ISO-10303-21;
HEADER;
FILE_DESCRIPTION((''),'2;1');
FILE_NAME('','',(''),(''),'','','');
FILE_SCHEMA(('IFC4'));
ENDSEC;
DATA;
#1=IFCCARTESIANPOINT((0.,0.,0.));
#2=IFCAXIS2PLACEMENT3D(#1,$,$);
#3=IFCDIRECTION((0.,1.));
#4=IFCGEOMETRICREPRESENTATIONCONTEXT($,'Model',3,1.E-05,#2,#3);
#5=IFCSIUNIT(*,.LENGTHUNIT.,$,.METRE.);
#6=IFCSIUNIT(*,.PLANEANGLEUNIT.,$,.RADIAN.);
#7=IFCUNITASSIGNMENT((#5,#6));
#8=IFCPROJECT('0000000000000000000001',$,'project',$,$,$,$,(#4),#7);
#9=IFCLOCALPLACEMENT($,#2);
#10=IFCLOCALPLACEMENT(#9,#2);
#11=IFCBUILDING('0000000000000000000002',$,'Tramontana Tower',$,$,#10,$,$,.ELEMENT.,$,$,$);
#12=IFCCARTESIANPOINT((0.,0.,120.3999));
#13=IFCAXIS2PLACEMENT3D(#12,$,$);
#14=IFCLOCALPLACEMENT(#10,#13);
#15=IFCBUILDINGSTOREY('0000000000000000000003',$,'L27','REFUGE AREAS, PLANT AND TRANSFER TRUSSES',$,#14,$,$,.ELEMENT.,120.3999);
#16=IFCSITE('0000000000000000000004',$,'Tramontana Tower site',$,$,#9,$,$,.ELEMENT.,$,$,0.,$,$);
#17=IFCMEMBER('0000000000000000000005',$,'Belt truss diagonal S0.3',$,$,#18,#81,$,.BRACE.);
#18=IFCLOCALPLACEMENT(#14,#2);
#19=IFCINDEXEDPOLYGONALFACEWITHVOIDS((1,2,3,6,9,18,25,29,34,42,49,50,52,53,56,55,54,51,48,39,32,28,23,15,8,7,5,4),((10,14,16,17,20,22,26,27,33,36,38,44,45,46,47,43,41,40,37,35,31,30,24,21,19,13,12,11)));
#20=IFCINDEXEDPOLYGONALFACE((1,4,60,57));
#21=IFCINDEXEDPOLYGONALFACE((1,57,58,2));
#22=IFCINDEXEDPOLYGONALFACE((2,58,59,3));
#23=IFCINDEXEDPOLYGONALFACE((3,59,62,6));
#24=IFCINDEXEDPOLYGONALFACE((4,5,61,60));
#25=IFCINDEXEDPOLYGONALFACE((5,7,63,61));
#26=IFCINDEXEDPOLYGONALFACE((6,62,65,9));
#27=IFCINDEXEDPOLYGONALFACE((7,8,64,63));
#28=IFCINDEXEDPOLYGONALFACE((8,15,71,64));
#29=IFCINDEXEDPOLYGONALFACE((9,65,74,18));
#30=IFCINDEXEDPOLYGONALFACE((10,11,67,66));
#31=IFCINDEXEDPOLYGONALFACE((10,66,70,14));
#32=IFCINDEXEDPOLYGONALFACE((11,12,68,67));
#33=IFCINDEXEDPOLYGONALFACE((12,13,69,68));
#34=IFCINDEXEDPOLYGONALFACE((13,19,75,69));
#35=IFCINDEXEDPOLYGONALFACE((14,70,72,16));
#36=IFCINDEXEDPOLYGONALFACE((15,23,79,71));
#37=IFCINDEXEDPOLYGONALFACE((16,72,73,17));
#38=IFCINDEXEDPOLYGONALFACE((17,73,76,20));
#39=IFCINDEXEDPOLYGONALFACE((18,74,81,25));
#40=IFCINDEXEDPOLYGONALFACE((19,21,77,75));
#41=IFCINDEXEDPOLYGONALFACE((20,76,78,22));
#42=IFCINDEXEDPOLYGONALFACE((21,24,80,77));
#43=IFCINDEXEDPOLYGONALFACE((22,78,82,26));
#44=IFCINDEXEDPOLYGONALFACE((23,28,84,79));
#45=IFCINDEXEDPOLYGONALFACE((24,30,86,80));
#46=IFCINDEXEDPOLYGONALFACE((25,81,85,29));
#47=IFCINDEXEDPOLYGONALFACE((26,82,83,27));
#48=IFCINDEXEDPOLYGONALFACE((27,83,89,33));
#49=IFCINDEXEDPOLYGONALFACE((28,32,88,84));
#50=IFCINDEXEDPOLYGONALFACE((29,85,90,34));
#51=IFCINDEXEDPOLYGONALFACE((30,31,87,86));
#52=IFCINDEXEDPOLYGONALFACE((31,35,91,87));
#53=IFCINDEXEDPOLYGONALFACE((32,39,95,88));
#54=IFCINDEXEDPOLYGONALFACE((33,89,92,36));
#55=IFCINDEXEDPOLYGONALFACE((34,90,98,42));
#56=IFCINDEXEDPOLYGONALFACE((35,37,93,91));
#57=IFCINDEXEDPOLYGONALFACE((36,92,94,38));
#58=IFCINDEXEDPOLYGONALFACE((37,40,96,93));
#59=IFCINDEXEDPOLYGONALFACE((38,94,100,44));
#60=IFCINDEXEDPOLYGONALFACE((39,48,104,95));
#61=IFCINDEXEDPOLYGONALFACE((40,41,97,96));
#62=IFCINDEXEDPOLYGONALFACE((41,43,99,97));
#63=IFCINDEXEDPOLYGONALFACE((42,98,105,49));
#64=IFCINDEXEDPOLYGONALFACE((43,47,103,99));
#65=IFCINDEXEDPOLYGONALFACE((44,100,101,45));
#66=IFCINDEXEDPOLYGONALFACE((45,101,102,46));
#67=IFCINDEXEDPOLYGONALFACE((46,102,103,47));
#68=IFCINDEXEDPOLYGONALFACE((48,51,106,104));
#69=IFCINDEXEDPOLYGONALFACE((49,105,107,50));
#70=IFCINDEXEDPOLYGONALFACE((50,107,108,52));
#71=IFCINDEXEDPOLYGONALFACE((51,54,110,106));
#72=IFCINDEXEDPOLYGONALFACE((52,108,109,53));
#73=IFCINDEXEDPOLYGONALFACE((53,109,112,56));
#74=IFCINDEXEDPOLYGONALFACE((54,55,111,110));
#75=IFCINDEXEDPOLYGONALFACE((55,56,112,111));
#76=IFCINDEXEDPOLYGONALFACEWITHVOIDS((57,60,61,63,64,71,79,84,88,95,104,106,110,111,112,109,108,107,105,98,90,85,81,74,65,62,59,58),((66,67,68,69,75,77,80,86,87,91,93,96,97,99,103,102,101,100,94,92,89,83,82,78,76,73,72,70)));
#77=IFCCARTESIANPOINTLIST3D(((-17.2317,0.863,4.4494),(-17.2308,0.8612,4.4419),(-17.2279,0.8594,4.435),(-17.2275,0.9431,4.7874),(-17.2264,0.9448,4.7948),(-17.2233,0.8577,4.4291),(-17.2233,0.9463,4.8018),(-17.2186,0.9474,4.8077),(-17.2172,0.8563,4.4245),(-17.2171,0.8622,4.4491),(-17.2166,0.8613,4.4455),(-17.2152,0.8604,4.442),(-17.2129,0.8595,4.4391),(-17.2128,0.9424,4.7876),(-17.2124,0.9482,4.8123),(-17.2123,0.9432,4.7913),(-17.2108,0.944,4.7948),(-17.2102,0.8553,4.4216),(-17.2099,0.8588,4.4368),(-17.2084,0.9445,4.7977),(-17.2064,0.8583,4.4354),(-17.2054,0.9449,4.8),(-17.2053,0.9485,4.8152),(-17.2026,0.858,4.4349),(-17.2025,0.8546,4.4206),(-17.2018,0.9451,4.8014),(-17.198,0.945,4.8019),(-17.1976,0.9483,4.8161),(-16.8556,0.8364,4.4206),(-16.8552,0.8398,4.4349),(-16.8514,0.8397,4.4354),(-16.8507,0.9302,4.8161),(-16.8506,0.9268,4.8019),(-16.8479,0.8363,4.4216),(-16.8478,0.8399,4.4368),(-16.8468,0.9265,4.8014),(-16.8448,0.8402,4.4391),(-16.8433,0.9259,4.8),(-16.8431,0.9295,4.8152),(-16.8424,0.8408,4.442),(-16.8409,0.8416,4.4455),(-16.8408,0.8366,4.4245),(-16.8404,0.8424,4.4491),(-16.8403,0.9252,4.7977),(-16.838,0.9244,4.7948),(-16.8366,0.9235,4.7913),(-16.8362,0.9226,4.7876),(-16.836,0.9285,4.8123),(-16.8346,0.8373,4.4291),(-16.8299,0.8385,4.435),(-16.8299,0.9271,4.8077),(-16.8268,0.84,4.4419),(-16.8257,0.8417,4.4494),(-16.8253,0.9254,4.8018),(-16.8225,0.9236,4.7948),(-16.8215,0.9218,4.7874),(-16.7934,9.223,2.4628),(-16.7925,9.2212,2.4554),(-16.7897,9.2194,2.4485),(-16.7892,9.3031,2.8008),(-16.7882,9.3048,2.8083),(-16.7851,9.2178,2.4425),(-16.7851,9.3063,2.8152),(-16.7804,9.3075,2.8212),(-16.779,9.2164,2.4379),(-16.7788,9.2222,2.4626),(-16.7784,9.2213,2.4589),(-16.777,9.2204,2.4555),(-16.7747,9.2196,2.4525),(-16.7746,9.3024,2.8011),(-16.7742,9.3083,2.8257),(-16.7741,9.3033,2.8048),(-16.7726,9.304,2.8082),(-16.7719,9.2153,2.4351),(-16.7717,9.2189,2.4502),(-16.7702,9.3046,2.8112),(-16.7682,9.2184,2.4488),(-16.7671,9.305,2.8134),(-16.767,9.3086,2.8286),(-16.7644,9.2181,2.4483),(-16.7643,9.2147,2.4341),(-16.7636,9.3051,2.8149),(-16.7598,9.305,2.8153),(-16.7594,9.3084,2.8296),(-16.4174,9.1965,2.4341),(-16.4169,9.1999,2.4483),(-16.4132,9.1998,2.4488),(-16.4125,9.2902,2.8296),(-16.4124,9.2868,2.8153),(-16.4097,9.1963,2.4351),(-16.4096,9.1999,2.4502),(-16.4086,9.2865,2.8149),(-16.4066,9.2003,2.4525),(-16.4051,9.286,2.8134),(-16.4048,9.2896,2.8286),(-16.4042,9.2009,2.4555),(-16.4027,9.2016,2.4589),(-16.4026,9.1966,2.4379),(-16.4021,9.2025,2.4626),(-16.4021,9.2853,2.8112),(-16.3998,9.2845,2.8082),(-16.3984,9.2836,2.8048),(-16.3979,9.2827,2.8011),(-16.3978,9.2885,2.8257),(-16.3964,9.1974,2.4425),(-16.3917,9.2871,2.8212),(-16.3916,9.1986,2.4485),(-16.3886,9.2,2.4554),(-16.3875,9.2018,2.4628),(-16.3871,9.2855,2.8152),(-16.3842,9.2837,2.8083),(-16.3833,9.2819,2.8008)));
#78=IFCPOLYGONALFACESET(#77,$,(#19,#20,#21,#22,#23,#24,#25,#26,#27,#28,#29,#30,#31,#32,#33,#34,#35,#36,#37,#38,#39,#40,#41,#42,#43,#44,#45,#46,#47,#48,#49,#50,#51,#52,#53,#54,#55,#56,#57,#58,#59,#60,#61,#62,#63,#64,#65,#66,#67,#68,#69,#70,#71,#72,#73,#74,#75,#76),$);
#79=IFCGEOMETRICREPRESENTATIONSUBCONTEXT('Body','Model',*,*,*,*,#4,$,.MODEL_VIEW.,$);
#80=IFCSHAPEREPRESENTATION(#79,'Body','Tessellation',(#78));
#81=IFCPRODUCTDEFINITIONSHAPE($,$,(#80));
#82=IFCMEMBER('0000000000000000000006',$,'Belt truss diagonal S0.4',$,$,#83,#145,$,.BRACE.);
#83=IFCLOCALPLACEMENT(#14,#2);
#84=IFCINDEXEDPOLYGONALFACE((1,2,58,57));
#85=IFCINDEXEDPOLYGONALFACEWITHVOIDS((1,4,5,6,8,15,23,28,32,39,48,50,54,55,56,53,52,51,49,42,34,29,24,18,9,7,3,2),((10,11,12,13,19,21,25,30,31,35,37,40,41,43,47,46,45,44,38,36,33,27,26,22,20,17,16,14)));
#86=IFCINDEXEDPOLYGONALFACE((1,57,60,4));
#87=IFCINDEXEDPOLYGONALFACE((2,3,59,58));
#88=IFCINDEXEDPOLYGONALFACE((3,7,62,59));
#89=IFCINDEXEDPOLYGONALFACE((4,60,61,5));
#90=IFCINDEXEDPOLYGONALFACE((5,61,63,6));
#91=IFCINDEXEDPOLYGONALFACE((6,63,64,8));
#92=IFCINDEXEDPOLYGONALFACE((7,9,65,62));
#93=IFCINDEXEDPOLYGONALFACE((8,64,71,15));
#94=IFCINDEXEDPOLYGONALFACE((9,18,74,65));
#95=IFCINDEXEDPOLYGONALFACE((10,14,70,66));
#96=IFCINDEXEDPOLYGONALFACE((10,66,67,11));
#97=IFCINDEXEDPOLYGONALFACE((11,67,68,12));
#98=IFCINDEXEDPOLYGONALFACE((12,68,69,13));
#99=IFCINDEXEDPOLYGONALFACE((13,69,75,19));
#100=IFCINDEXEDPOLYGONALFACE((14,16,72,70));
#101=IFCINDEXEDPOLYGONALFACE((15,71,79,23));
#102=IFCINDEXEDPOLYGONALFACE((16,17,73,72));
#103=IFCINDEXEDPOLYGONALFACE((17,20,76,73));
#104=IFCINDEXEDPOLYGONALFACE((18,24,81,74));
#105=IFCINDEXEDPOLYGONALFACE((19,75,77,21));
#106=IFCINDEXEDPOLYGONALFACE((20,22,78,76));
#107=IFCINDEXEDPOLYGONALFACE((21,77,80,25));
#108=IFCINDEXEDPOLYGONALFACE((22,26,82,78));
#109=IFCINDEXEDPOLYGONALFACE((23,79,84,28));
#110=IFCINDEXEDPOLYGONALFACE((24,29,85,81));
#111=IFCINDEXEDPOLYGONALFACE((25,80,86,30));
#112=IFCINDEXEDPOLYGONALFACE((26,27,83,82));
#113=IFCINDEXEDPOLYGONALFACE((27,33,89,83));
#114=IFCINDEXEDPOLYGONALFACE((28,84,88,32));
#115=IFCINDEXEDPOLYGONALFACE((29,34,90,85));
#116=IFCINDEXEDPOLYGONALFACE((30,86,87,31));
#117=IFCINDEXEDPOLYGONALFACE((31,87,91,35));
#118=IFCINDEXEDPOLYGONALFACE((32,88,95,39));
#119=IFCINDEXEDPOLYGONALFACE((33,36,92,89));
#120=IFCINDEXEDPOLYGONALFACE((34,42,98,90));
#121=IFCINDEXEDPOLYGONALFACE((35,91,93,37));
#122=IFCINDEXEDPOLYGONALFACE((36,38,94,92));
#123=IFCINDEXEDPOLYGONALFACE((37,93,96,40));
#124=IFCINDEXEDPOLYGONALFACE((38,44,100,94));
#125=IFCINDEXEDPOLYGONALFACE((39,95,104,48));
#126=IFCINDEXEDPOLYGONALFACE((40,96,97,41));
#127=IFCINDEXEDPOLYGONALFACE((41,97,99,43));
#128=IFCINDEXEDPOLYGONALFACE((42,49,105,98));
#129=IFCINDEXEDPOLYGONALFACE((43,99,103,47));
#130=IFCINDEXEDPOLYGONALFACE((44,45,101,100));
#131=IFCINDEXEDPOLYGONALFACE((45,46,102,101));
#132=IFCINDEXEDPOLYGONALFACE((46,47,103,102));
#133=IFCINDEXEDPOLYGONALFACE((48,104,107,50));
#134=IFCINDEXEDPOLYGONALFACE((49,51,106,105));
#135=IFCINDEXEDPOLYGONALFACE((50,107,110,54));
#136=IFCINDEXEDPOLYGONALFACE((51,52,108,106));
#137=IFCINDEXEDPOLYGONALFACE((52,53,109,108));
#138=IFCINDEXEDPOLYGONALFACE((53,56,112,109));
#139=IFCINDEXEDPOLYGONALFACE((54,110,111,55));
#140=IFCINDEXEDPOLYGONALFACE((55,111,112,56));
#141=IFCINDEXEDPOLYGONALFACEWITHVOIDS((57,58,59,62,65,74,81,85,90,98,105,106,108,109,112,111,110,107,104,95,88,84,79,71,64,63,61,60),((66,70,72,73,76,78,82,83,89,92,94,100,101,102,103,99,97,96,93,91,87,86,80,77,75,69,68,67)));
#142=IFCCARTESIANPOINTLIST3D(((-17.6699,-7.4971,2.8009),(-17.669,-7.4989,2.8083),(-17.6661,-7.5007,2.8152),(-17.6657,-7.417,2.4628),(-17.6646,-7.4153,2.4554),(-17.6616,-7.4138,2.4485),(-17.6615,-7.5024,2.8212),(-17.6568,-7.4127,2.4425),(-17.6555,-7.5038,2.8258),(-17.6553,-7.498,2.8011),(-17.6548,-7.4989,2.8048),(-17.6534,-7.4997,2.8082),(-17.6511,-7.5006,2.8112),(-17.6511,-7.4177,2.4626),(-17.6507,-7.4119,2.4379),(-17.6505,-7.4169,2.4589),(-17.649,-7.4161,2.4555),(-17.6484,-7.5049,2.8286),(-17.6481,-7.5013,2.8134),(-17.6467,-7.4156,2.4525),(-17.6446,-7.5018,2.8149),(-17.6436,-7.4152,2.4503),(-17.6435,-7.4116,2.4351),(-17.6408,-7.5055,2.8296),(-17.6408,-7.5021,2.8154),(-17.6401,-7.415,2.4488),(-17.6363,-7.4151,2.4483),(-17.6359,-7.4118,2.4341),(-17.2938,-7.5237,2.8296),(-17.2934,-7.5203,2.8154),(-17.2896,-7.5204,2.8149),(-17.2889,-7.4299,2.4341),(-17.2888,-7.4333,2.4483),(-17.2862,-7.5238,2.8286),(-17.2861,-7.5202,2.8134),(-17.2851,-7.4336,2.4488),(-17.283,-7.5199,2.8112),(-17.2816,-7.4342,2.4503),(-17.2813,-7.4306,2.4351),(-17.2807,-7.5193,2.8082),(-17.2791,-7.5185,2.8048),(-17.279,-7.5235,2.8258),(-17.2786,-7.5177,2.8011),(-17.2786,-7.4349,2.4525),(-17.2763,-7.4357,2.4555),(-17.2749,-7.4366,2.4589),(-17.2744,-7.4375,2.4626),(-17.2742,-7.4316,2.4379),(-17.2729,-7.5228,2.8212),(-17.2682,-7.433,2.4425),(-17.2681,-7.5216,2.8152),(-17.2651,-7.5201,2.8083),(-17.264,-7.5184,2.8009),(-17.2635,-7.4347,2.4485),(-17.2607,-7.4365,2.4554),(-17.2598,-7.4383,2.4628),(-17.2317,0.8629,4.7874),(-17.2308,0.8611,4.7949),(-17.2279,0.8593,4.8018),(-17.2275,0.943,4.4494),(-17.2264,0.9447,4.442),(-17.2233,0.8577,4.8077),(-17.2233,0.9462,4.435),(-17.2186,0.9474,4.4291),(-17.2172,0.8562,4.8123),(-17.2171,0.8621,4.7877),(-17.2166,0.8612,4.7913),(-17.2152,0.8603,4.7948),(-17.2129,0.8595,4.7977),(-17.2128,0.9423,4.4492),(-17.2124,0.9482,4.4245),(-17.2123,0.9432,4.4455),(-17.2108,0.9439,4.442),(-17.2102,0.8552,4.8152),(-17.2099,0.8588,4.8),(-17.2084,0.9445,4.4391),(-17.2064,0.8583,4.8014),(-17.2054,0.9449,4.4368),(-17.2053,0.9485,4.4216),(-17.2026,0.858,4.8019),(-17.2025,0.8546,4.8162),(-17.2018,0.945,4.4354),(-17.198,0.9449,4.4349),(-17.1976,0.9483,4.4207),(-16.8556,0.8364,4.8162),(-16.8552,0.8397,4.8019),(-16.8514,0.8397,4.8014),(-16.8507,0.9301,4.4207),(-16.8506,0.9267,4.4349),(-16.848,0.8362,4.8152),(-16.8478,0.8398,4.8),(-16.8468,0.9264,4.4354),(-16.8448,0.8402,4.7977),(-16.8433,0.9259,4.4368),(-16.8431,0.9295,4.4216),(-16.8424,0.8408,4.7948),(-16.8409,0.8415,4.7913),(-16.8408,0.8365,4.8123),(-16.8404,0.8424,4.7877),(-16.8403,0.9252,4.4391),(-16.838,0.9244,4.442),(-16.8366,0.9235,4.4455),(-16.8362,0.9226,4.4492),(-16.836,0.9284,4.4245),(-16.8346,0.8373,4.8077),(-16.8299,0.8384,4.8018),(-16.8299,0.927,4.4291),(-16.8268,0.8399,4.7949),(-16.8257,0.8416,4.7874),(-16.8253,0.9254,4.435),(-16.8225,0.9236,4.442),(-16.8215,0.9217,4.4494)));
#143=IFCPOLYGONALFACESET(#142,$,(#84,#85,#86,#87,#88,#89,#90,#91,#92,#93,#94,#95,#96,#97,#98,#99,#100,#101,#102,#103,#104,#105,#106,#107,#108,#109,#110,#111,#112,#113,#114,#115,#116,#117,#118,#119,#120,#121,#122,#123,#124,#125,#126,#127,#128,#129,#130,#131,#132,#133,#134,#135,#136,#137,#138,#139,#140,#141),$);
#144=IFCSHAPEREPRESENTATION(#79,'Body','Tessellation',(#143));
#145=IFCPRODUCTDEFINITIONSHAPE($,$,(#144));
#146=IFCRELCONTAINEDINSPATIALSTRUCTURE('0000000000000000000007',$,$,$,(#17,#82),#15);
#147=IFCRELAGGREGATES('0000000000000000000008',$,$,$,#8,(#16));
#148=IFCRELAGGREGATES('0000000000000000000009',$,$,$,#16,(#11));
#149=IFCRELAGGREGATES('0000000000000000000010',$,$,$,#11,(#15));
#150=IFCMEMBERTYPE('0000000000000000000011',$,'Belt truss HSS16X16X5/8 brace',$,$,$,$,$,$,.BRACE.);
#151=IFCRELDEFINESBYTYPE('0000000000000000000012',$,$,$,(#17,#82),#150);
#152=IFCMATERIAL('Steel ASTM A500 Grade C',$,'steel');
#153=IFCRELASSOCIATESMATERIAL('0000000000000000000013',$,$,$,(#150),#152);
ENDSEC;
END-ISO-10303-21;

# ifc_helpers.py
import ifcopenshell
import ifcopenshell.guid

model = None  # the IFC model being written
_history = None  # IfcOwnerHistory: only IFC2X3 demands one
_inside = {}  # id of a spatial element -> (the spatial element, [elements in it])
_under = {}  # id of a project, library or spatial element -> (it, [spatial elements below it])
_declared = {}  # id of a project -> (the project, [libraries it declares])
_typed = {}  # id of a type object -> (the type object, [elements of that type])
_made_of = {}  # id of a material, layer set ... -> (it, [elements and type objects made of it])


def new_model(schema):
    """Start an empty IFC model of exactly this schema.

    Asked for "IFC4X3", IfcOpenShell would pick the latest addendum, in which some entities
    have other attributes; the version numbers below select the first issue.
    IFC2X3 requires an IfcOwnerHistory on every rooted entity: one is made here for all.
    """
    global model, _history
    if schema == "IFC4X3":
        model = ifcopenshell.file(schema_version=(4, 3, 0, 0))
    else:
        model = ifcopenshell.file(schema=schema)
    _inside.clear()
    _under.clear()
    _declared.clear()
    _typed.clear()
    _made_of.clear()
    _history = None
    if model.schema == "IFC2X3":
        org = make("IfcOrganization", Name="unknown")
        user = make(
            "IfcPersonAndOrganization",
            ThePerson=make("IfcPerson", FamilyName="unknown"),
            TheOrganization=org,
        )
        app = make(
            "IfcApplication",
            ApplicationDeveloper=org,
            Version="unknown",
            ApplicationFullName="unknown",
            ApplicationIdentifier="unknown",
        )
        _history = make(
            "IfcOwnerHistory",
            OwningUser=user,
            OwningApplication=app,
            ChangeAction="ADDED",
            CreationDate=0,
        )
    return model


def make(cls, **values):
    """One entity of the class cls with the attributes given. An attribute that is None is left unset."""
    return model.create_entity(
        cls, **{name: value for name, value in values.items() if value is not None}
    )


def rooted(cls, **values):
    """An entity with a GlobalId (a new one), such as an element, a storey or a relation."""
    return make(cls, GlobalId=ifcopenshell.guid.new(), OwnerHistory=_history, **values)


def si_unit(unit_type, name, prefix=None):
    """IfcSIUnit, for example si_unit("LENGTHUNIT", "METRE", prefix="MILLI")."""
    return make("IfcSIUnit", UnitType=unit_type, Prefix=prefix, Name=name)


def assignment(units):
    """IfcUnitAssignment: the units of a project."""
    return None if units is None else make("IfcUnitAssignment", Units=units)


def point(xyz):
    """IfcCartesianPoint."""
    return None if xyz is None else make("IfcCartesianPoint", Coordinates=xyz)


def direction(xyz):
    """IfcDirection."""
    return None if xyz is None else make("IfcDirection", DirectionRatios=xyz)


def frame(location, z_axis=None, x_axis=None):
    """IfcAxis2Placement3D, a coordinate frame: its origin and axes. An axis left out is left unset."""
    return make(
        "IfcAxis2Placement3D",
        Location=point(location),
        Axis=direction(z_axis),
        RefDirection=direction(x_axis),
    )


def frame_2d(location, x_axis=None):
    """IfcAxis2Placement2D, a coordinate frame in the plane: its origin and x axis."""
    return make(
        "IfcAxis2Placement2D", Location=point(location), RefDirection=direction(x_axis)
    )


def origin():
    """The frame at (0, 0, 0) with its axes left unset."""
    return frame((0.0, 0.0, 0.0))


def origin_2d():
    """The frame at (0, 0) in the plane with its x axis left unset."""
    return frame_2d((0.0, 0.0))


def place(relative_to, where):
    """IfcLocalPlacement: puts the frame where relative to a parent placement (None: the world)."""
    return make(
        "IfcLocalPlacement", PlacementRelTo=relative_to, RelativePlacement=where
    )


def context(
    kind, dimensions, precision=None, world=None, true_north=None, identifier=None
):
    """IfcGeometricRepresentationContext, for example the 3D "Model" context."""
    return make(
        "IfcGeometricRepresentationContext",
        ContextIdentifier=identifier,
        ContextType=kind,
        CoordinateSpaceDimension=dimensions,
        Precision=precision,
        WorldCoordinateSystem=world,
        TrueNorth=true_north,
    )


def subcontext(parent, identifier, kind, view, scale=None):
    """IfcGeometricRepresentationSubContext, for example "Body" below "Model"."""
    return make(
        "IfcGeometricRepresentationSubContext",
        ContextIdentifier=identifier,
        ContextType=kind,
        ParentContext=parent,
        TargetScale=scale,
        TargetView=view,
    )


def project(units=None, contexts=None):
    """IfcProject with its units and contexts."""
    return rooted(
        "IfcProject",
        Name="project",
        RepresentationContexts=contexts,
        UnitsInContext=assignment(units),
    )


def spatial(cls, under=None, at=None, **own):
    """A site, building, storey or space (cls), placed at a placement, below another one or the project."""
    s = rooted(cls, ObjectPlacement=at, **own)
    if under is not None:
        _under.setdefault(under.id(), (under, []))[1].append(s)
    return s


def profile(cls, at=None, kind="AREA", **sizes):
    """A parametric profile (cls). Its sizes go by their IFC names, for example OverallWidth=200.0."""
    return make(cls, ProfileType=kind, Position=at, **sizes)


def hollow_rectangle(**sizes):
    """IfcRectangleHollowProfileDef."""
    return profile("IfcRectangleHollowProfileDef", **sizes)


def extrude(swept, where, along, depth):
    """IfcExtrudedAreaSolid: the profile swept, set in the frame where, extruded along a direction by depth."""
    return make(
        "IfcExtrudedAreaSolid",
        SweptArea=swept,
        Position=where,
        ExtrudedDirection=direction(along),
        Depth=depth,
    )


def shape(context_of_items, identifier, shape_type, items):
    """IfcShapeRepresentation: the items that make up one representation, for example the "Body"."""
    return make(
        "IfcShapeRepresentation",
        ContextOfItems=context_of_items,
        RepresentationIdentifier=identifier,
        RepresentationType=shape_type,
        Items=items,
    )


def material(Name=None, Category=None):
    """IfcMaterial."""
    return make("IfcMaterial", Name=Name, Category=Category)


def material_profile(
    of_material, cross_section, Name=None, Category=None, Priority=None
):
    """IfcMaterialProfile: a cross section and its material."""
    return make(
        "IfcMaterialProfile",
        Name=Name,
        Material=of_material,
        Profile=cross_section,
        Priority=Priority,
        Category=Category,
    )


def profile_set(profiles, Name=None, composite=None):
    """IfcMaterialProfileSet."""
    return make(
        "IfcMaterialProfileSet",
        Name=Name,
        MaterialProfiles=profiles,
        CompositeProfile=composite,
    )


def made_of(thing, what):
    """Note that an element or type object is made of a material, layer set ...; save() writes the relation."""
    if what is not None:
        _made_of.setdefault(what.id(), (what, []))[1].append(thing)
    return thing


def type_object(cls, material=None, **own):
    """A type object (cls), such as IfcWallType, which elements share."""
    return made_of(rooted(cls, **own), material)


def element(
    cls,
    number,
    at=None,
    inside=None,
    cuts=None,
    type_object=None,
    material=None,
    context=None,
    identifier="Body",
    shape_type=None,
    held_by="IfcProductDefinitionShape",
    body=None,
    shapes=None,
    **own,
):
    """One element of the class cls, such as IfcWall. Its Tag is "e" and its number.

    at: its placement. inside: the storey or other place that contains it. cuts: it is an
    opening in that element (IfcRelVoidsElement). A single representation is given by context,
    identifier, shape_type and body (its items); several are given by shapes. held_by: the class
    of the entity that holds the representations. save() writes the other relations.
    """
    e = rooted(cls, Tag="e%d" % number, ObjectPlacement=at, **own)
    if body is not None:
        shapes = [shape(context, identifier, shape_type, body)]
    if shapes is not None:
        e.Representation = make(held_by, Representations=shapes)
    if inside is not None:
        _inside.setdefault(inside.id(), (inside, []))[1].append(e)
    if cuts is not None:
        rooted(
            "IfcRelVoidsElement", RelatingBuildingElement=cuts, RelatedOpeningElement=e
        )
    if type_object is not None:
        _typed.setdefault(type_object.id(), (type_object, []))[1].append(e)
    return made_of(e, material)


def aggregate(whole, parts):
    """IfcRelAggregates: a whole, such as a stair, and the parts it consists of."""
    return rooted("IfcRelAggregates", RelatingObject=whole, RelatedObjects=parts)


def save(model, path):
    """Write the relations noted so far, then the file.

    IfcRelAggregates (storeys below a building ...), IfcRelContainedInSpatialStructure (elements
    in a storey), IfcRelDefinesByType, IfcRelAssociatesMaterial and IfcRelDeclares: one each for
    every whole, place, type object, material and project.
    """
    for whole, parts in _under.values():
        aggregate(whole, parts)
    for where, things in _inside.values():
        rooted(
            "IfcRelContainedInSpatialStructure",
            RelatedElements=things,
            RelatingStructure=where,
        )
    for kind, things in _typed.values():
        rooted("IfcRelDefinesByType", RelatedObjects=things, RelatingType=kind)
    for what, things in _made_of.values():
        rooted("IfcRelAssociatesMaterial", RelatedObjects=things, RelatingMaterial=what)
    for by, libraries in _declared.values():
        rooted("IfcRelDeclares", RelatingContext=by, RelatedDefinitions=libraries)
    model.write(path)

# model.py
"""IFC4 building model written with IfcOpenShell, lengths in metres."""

from ifc_helpers import new_model, si_unit, direction, frame, origin, origin_2d, place, context, subcontext, project, spatial, hollow_rectangle, extrude, material, material_profile, profile_set, type_object, element, save


model = new_model("IFC4")

# Units and contexts
model_context = context("Model", 3, precision=1e-05, world=origin(), true_north=direction((0.0, 1.0)))
body_context = subcontext(model_context, "Body", "Model", "MODEL_VIEW")
ifc_project = project(units=[si_unit("LENGTHUNIT", "METRE"), si_unit("PLANEANGLEUNIT", "RADIAN")], contexts=[model_context])

# Site, building, storey
site_placement = place(None, origin())
site = spatial("IfcSite", under=ifc_project, at=site_placement, Name="Tramontana Tower site", CompositionType="ELEMENT", RefElevation=0.0)
building_placement = place(site_placement, origin())
building = spatial("IfcBuilding", under=site, at=building_placement, Name="Tramontana Tower", CompositionType="ELEMENT")
storey_placement = place(building_placement, frame((0.0, 0.0, 120.3999)))
storey = spatial("IfcBuildingStorey", under=building, at=storey_placement, Name="L27", Description="REFUGE AREAS, PLANT AND TRANSFER TRUSSES", CompositionType="ELEMENT", Elevation=120.3999)

# Members
ifc_material_1 = material(Name="Steel ASTM A500 Grade C", Category="steel")
ifc_material_profile_1 = material_profile(ifc_material_1, hollow_rectangle(XDim=0.4065, YDim=0.4065, WallThickness=0.0146, InnerFilletRadius=0.0146, OuterFilletRadius=0.0295, at=origin_2d()), Name="HSS16X16X5/8")
ifc_profile_set_1 = profile_set([ifc_material_profile_1], Name="Steel ASTM A500 Grade C")
member_type_1 = type_object("IfcMemberType", Name="Belt truss HSS16X16X5/8 brace", PredefinedType="BRACE", material=ifc_profile_set_1)
for number, where, z_axis, x_axis, name in (
    (1, (-16.5884, 9.2524, 2.6318), (-0.050933, -0.971646, 0.230888), (0.998629, -0.052348, 0.0), "Belt truss diagonal S0.3"),
    (2, (-17.0266, 0.8923, 4.6184), (-0.050933, -0.971646, -0.230888), (0.998629, -0.052348, 0.0), "Belt truss diagonal S0.4"),
):
    element("IfcMember", number, at=place(storey_placement, frame(where, z_axis=z_axis, x_axis=x_axis)), inside=storey, type_object=member_type_1, Name=name, PredefinedType="BRACE", context=body_context, shape_type="SweptSolid", body=[
        extrude(hollow_rectangle(XDim=0.4065, YDim=0.4065, WallThickness=0.0146, InnerFilletRadius=0.0146, OuterFilletRadius=0.0295, at=origin_2d()), origin(), (0.0, 0.0, 1.0), 8.604),
    ])

save(model, "model.ifc")
